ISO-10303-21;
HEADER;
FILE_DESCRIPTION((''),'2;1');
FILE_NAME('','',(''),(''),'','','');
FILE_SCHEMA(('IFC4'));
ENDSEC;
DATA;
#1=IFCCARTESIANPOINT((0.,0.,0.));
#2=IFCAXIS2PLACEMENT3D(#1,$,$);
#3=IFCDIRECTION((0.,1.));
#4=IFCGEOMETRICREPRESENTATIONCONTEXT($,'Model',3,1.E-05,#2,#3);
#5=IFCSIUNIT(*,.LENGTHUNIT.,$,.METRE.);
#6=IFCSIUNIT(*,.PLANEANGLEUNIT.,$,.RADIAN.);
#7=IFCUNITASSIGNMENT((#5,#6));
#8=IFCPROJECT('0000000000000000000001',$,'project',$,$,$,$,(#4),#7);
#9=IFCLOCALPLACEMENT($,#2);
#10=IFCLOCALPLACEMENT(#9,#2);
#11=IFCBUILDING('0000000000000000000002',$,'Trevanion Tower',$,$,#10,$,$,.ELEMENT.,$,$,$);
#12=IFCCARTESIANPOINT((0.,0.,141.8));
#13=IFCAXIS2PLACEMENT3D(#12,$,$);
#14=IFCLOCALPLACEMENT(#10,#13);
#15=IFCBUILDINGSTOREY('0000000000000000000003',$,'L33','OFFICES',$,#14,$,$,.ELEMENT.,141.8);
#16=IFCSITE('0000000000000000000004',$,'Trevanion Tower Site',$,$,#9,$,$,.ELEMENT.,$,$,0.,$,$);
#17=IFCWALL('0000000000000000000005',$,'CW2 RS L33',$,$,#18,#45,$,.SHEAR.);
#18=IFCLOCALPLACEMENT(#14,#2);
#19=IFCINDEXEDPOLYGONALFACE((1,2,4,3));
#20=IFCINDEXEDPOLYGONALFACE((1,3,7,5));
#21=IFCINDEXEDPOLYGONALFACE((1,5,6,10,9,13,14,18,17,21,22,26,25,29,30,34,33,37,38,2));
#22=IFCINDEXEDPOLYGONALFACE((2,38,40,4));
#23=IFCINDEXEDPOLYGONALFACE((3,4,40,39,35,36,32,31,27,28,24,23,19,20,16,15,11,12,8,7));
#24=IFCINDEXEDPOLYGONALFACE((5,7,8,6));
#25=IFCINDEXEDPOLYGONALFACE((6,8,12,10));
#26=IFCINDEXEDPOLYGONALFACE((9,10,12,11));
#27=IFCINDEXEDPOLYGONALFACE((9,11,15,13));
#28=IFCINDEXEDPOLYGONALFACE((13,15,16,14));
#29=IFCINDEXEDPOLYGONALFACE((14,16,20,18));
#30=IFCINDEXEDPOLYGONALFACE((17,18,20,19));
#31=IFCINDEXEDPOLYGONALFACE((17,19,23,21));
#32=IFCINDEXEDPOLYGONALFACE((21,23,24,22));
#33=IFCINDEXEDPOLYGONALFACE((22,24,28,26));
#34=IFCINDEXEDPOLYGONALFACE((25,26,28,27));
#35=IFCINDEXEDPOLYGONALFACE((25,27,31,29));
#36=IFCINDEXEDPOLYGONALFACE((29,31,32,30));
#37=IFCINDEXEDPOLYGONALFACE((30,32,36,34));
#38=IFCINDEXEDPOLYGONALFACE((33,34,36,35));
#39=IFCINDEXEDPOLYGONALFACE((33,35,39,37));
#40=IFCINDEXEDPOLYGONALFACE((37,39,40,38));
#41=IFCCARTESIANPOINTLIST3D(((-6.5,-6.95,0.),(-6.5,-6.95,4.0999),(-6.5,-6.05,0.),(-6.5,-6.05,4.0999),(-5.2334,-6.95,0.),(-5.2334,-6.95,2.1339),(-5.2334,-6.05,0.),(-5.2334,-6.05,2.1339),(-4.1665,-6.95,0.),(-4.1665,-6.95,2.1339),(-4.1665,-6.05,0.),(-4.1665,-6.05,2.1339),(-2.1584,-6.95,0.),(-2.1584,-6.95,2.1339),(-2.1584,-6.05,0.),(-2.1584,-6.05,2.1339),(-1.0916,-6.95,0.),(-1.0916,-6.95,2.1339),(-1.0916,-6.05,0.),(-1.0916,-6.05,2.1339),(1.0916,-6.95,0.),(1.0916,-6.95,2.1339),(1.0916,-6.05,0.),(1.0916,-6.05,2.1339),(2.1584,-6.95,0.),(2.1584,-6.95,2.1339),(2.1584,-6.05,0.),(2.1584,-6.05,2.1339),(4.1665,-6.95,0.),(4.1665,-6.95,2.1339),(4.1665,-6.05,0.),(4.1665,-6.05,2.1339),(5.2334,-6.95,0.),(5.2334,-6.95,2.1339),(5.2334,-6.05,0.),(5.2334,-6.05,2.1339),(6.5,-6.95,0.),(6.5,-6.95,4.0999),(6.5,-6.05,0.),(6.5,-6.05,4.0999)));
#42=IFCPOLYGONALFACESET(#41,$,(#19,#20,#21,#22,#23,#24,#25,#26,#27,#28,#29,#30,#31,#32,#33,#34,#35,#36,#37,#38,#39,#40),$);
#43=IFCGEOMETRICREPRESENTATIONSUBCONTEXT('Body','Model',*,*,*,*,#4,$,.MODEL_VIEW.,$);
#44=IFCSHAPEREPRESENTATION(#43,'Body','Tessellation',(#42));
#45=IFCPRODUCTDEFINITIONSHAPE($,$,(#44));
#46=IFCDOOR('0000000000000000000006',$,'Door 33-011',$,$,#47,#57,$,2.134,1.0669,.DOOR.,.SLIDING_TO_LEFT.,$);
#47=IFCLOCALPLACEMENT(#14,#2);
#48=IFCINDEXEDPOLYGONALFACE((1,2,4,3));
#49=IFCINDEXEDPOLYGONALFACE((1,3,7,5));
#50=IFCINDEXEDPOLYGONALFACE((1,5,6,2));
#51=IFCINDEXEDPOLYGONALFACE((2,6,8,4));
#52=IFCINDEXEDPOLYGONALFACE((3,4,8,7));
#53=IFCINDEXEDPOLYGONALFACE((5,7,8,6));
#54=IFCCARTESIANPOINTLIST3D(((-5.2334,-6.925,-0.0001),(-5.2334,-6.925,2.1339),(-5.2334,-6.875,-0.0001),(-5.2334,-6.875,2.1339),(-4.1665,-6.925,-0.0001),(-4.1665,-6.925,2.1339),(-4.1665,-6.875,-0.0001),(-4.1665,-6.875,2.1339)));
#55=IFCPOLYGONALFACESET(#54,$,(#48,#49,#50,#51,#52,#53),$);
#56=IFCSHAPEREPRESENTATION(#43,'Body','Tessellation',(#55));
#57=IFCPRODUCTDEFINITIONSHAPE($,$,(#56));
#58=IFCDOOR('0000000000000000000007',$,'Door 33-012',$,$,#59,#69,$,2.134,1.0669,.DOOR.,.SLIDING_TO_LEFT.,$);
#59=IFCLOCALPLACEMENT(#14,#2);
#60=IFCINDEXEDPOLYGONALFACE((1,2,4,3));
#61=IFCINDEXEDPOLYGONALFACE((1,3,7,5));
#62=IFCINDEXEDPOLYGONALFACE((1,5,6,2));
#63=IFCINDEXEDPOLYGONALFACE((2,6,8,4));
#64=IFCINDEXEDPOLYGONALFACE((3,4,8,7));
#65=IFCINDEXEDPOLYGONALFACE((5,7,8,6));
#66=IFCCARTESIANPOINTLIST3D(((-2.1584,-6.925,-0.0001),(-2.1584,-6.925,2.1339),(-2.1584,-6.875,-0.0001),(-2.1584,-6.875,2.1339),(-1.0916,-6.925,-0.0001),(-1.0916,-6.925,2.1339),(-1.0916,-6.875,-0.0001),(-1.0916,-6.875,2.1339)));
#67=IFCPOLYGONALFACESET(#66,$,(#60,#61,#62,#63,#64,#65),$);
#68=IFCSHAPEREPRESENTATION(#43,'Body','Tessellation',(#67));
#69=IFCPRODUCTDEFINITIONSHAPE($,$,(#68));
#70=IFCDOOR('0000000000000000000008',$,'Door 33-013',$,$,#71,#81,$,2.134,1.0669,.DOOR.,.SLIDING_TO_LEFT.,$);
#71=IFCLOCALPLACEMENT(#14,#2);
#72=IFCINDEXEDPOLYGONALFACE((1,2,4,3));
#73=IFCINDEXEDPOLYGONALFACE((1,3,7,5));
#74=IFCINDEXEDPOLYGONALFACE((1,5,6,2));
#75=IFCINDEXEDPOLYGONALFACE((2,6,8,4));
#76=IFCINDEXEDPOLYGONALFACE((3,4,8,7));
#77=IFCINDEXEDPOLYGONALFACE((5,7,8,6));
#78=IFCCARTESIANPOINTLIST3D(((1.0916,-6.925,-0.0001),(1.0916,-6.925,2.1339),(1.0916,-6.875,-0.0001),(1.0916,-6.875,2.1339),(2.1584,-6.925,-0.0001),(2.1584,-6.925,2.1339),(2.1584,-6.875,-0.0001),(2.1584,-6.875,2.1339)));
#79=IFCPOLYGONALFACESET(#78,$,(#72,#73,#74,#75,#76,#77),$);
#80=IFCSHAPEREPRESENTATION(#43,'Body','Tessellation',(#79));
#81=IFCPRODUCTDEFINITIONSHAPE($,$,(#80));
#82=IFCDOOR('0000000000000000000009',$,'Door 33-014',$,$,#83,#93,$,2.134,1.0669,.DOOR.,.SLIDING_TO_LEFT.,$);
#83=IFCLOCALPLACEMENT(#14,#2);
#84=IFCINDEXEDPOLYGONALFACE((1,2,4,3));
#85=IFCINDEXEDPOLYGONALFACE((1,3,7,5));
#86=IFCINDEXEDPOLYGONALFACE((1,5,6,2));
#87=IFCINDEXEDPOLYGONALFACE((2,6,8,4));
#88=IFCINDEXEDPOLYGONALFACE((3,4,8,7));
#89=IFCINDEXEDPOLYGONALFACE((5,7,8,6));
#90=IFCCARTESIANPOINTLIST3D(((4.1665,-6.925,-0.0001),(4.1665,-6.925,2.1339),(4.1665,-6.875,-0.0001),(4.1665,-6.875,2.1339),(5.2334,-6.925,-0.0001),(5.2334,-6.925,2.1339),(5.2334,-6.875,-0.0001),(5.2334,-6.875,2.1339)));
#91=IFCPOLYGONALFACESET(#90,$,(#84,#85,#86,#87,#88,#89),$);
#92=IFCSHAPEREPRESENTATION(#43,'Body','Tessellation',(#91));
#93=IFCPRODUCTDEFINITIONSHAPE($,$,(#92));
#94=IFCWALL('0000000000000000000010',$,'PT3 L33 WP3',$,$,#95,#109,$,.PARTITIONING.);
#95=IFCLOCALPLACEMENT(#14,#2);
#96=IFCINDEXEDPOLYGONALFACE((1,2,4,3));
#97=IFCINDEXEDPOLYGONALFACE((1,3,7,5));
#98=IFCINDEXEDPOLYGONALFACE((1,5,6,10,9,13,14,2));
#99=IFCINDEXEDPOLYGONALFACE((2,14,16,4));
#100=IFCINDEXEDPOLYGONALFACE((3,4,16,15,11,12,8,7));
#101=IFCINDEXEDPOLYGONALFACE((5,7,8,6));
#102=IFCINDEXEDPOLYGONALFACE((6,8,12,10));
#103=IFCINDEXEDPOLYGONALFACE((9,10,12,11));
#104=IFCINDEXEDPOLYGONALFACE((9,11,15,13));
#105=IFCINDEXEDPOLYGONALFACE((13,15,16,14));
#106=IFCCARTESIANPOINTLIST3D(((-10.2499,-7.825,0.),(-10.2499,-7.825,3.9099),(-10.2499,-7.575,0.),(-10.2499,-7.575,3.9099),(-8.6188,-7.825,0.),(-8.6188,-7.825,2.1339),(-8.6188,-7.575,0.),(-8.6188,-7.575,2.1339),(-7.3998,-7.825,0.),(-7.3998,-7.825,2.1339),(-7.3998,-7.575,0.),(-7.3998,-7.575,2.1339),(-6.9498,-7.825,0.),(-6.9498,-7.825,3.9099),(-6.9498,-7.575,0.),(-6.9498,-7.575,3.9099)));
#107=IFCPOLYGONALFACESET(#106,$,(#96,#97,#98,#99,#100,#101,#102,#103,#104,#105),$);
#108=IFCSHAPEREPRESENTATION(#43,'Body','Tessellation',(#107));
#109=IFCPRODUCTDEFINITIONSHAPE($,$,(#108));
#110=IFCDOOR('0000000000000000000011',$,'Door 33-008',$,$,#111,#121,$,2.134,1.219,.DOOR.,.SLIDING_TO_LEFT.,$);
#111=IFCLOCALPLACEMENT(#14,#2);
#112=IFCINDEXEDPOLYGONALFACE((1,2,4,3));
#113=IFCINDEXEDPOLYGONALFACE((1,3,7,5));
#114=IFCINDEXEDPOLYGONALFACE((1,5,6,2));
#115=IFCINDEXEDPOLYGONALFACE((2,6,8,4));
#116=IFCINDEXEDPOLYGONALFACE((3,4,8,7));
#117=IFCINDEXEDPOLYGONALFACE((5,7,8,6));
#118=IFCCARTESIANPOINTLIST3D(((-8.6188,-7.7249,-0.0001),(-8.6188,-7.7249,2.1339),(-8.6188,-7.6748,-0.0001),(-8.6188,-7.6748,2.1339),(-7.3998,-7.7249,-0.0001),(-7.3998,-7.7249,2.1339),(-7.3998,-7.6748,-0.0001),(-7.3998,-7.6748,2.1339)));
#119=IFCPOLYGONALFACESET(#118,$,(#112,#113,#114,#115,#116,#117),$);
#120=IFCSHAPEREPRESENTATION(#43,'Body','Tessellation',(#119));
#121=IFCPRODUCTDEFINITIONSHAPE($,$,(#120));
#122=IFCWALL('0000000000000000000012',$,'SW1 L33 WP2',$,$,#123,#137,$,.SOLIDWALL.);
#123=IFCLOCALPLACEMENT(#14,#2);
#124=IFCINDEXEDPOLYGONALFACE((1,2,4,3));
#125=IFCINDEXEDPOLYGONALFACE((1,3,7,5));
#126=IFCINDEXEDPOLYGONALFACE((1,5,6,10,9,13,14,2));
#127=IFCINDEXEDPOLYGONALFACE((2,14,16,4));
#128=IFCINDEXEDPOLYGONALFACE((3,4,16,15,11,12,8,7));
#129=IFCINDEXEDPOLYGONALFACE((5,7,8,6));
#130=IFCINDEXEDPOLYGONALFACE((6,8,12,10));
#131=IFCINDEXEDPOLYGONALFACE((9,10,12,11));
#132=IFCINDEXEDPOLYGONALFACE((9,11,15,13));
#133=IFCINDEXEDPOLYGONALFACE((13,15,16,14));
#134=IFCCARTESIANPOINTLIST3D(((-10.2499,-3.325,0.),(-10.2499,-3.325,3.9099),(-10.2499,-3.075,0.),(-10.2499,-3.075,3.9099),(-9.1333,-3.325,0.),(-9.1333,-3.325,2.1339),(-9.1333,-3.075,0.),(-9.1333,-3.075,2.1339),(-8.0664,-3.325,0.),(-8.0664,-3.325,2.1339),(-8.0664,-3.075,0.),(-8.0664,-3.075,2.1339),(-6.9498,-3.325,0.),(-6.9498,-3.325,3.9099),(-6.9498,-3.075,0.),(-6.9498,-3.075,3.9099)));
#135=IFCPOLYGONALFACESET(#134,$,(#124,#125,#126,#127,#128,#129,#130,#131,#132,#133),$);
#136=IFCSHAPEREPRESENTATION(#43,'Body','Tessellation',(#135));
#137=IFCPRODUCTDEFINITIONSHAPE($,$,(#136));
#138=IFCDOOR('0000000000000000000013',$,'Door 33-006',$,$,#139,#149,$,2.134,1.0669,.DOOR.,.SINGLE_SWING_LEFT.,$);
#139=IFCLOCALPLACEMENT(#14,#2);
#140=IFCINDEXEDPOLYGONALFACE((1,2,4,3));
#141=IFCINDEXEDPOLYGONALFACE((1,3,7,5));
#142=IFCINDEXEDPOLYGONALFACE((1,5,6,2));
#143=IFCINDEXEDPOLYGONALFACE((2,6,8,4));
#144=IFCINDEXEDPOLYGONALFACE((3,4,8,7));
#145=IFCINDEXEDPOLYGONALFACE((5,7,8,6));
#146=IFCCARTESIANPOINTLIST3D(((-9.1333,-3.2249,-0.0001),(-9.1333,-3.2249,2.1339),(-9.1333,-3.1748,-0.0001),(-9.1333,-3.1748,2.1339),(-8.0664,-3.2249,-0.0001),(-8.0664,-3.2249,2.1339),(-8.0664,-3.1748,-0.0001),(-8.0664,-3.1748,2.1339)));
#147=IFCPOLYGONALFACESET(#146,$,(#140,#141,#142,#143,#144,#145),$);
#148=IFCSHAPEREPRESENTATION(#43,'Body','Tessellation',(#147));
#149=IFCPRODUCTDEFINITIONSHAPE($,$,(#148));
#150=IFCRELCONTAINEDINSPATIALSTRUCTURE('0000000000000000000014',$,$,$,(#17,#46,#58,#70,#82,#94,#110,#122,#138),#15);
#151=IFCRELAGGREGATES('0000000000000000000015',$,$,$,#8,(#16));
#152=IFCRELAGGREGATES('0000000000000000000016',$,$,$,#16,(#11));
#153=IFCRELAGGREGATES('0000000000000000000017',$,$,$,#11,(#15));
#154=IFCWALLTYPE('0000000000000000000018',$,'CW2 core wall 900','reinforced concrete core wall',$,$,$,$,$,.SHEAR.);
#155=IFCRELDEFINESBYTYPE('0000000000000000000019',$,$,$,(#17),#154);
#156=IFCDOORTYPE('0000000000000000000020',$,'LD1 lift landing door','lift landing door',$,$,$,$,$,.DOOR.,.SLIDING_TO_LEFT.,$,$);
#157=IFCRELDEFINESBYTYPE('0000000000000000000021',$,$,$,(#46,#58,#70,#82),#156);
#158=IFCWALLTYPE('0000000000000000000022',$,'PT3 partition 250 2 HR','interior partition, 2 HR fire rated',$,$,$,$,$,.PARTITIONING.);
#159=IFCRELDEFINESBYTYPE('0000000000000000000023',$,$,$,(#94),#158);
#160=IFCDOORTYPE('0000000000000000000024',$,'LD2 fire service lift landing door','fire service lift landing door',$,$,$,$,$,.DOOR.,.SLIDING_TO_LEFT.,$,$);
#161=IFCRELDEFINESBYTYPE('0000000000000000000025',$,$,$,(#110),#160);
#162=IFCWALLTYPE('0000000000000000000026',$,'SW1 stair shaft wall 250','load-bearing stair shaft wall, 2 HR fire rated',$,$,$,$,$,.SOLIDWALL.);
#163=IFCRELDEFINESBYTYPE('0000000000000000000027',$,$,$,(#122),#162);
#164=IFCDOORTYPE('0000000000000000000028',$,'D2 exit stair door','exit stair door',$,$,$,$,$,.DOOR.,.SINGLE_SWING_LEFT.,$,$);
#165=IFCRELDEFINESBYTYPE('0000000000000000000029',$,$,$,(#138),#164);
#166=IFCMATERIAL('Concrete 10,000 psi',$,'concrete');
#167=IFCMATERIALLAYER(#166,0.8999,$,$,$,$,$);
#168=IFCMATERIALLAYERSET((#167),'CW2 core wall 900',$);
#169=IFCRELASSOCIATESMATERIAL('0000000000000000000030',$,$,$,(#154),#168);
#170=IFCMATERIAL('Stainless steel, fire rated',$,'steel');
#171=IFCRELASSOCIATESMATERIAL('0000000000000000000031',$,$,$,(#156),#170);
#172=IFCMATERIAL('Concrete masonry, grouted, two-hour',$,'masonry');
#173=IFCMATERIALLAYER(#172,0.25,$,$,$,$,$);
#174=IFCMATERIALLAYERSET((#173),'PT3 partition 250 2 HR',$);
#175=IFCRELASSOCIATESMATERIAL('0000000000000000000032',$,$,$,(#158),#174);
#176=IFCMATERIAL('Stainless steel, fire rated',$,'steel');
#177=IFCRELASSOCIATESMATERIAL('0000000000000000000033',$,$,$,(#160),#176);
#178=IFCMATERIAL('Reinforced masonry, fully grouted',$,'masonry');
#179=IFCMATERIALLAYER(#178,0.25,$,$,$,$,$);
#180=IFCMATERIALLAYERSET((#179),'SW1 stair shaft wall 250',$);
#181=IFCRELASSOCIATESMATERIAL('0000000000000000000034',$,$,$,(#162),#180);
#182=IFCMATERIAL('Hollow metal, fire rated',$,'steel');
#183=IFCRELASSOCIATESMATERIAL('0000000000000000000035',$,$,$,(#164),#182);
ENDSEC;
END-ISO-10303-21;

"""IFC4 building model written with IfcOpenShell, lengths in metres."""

from ifc_helpers import new_model, si_unit, direction, frame, frame_2d, origin, place, context, subcontext, project, spatial, rectangle, extrude, material, layer, layer_set, type_object, element, fill, save


model = new_model("IFC4")

# Units and contexts
model_context = context("Model", 3, precision=1e-05, world=origin(), true_north=direction((0.0, 1.0)))
body_context = subcontext(model_context, "Body", "Model", "MODEL_VIEW")
ifc_project = project(units=[si_unit("LENGTHUNIT", "METRE"), si_unit("PLANEANGLEUNIT", "RADIAN")], contexts=[model_context])

# Site, building, storey
site_placement = place(None, origin())
site = spatial("IfcSite", under=ifc_project, at=site_placement, Name="Trevanion Tower Site", CompositionType="ELEMENT", RefElevation=0.0)
building_placement = place(site_placement, origin())
building = spatial("IfcBuilding", under=site, at=building_placement, Name="Trevanion Tower", CompositionType="ELEMENT")
storey_placement = place(building_placement, frame((0.0, 0.0, 141.8)))
storey = spatial("IfcBuildingStorey", under=building, at=storey_placement, Name="L33", Description="OFFICES", CompositionType="ELEMENT", Elevation=141.8)

# Shared definitions
ifc_material_1 = material(Name="Concrete 10,000 psi", Category="concrete")
ifc_layer_1 = layer(ifc_material_1, 0.8999)
ifc_layer_set_1 = layer_set([ifc_layer_1], Name="CW2 core wall 900")
wall_type_1 = type_object("IfcWallType", Name="CW2 core wall 900", Description="reinforced concrete core wall", PredefinedType="SHEAR", material=ifc_layer_set_1)

# Wall, openings, doors
wall_1_placement = place(storey_placement, frame((-6.5, -6.5, 0.0), z_axis=(0.0, 0.0, 1.0), x_axis=(1.0, 0.0, 0.0)))
wall_1 = element("IfcWall", 1, at=wall_1_placement, inside=storey, type_object=wall_type_1, Name="CW2 RS L33", PredefinedType="SHEAR", context=body_context, shape_type="SweptSolid", body=[
    extrude(rectangle(XDim=13.0, YDim=0.8999, at=frame_2d((6.5, 0.0))), origin(), (0.0, 0.0, 1.0), 4.0999),
])
opening_1_placement = place(wall_1_placement, frame((1.2666, 0.0, 0.0)))
opening_1 = element("IfcOpeningElement", 2, at=opening_1_placement, cuts=wall_1, PredefinedType="OPENING", context=body_context, shape_type="SweptSolid", body=[
    extrude(rectangle(XDim=1.0669, YDim=2.134, at=frame_2d((0.5334, 1.0669))), frame((0.0, 0.46, 0.0), z_axis=(0.0, -1.0, 0.0), x_axis=(1.0, 0.0, 0.0)), (0.0, 0.0, 1.0), 0.9199),
])
opening_2_placement = place(wall_1_placement, frame((4.3416, 0.0, 0.0)))
opening_2 = element("IfcOpeningElement", 3, at=opening_2_placement, cuts=wall_1, PredefinedType="OPENING", context=body_context, shape_type="SweptSolid", body=[
    extrude(rectangle(XDim=1.0669, YDim=2.134, at=frame_2d((0.5334, 1.0669))), frame((0.0, 0.46, 0.0), z_axis=(0.0, -1.0, 0.0), x_axis=(1.0, 0.0, 0.0)), (0.0, 0.0, 1.0), 0.9199),
])
opening_3_placement = place(wall_1_placement, frame((7.5916, 0.0, 0.0)))
opening_3 = element("IfcOpeningElement", 4, at=opening_3_placement, cuts=wall_1, PredefinedType="OPENING", context=body_context, shape_type="SweptSolid", body=[
    extrude(rectangle(XDim=1.0669, YDim=2.134, at=frame_2d((0.5334, 1.0669))), frame((0.0, 0.46, 0.0), z_axis=(0.0, -1.0, 0.0), x_axis=(1.0, 0.0, 0.0)), (0.0, 0.0, 1.0), 0.9199),
])
opening_4_placement = place(wall_1_placement, frame((10.6665, 0.0, 0.0)))
opening_4 = element("IfcOpeningElement", 5, at=opening_4_placement, cuts=wall_1, PredefinedType="OPENING", context=body_context, shape_type="SweptSolid", body=[
    extrude(rectangle(XDim=1.0669, YDim=2.134, at=frame_2d((0.5334, 1.0669))), frame((0.0, 0.46, 0.0), z_axis=(0.0, -1.0, 0.0), x_axis=(1.0, 0.0, 0.0)), (0.0, 0.0, 1.0), 0.9199),
])
ifc_material_2 = material(Name="Stainless steel, fire rated", Category="steel")
door_type_1 = type_object("IfcDoorType", Name="LD1 lift landing door", Description="lift landing door", OperationType="SLIDING_TO_LEFT", PredefinedType="DOOR", material=ifc_material_2)
door_1_placement = place(opening_1_placement, origin())
door_1 = element("IfcDoor", 6, at=door_1_placement, inside=storey, type_object=door_type_1, Name="Door 33-011", OperationType="SLIDING_TO_LEFT", OverallHeight=2.134, OverallWidth=1.0669, PredefinedType="DOOR", context=body_context, shape_type="SweptSolid", body=[
    extrude(rectangle(XDim=1.0669, YDim=2.134, at=frame_2d((0.5334, 1.0669))), frame((0.0, -0.375, 0.0), z_axis=(0.0, -1.0, 0.0), x_axis=(1.0, 0.0, 0.0)), (0.0, 0.0, 1.0), 0.05),
])
fill(opening_1, door_1)
door_2_placement = place(opening_2_placement, origin())
door_2 = element("IfcDoor", 7, at=door_2_placement, inside=storey, type_object=door_type_1, Name="Door 33-012", OperationType="SLIDING_TO_LEFT", OverallHeight=2.134, OverallWidth=1.0669, PredefinedType="DOOR", context=body_context, shape_type="SweptSolid", body=[
    extrude(rectangle(XDim=1.0669, YDim=2.134, at=frame_2d((0.5334, 1.0669))), frame((0.0, -0.375, 0.0), z_axis=(0.0, -1.0, 0.0), x_axis=(1.0, 0.0, 0.0)), (0.0, 0.0, 1.0), 0.05),
])
fill(opening_2, door_2)
door_3_placement = place(opening_3_placement, origin())
door_3 = element("IfcDoor", 8, at=door_3_placement, inside=storey, type_object=door_type_1, Name="Door 33-013", OperationType="SLIDING_TO_LEFT", OverallHeight=2.134, OverallWidth=1.0669, PredefinedType="DOOR", context=body_context, shape_type="SweptSolid", body=[
    extrude(rectangle(XDim=1.0669, YDim=2.134, at=frame_2d((0.5334, 1.0669))), frame((0.0, -0.375, 0.0), z_axis=(0.0, -1.0, 0.0), x_axis=(1.0, 0.0, 0.0)), (0.0, 0.0, 1.0), 0.05),
])
fill(opening_3, door_3)
door_4_placement = place(opening_4_placement, origin())
door_4 = element("IfcDoor", 9, at=door_4_placement, inside=storey, type_object=door_type_1, Name="Door 33-014", OperationType="SLIDING_TO_LEFT", OverallHeight=2.134, OverallWidth=1.0669, PredefinedType="DOOR", context=body_context, shape_type="SweptSolid", body=[
    extrude(rectangle(XDim=1.0669, YDim=2.134, at=frame_2d((0.5334, 1.0669))), frame((0.0, -0.375, 0.0), z_axis=(0.0, -1.0, 0.0), x_axis=(1.0, 0.0, 0.0)), (0.0, 0.0, 1.0), 0.05),
])
fill(opening_4, door_4)

# Walls, openings, doors
ifc_material_3 = material(Name="Concrete masonry, grouted, two-hour", Category="masonry")
ifc_layer_2 = layer(ifc_material_3, 0.25)
ifc_layer_set_2 = layer_set([ifc_layer_2], Name="PT3 partition 250 2 HR")
wall_type_2 = type_object("IfcWallType", Name="PT3 partition 250 2 HR", Description="interior partition, 2 HR fire rated", PredefinedType="PARTITIONING", material=ifc_layer_set_2)
wall_2_placement = place(storey_placement, frame((-6.95, -7.7, 0.0), z_axis=(0.0, 0.0, 1.0), x_axis=(-1.0, 0.0, 0.0)))
wall_2 = element("IfcWall", 10, at=wall_2_placement, inside=storey, type_object=wall_type_2, Name="PT3 L33 WP3", PredefinedType="PARTITIONING", context=body_context, shape_type="SweptSolid", body=[
    extrude(rectangle(XDim=3.3, YDim=0.25, at=frame_2d((1.6499, 0.0))), origin(), (0.0, 0.0, 1.0), 3.9099),
])
opening_5_placement = place(wall_2_placement, frame((0.45, 0.0, 0.0)))
opening_5 = element("IfcOpeningElement", 11, at=opening_5_placement, cuts=wall_2, PredefinedType="OPENING", context=body_context, shape_type="SweptSolid", body=[
    extrude(rectangle(XDim=1.219, YDim=2.134, at=frame_2d((0.6094, 1.0669))), frame((0.0, 0.135, 0.0), z_axis=(0.0, -1.0, 0.0), x_axis=(1.0, 0.0, 0.0)), (0.0, 0.0, 1.0), 0.27),
])
ifc_material_4 = material(Name="Stainless steel, fire rated", Category="steel")
door_type_2 = type_object("IfcDoorType", Name="LD2 fire service lift landing door", Description="fire service lift landing door", OperationType="SLIDING_TO_LEFT", PredefinedType="DOOR", material=ifc_material_4)
door_5_placement = place(opening_5_placement, origin())
door_5 = element("IfcDoor", 12, at=door_5_placement, inside=storey, type_object=door_type_2, Name="Door 33-008", OperationType="SLIDING_TO_LEFT", OverallHeight=2.134, OverallWidth=1.219, PredefinedType="DOOR", context=body_context, shape_type="SweptSolid", body=[
    extrude(rectangle(XDim=1.219, YDim=2.134, at=frame_2d((0.6094, 1.0669))), frame((0.0, 0.0249, 0.0), z_axis=(0.0, -1.0, 0.0), x_axis=(1.0, 0.0, 0.0)), (0.0, 0.0, 1.0), 0.05),
])
fill(opening_5, door_5)
ifc_material_5 = material(Name="Reinforced masonry, fully grouted", Category="masonry")
ifc_layer_3 = layer(ifc_material_5, 0.25)
ifc_layer_set_3 = layer_set([ifc_layer_3], Name="SW1 stair shaft wall 250")
wall_type_3 = type_object("IfcWallType", Name="SW1 stair shaft wall 250", Description="load-bearing stair shaft wall, 2 HR fire rated", PredefinedType="SOLIDWALL", material=ifc_layer_set_3)
wall_3_placement = place(storey_placement, frame((-6.95, -3.2, 0.0), z_axis=(0.0, 0.0, 1.0), x_axis=(-1.0, 0.0, 0.0)))
wall_3 = element("IfcWall", 13, at=wall_3_placement, inside=storey, type_object=wall_type_3, Name="SW1 L33 WP2", PredefinedType="SOLIDWALL", context=body_context, shape_type="SweptSolid", body=[
    extrude(rectangle(XDim=3.3, YDim=0.25, at=frame_2d((1.6499, 0.0))), origin(), (0.0, 0.0, 1.0), 3.9099),
])
opening_6_placement = place(wall_3_placement, frame((1.1165, 0.0, 0.0)))
opening_6 = element("IfcOpeningElement", 14, at=opening_6_placement, cuts=wall_3, PredefinedType="OPENING", context=body_context, shape_type="SweptSolid", body=[
    extrude(rectangle(XDim=1.0669, YDim=2.134, at=frame_2d((0.5334, 1.0669))), frame((0.0, 0.135, 0.0), z_axis=(0.0, -1.0, 0.0), x_axis=(1.0, 0.0, 0.0)), (0.0, 0.0, 1.0), 0.27),
])
ifc_material_6 = material(Name="Hollow metal, fire rated", Category="steel")
door_type_3 = type_object("IfcDoorType", Name="D2 exit stair door", Description="exit stair door", OperationType="SINGLE_SWING_LEFT", PredefinedType="DOOR", material=ifc_material_6)
door_6_placement = place(opening_6_placement, origin())
door_6 = element("IfcDoor", 15, at=door_6_placement, inside=storey, type_object=door_type_3, Name="Door 33-006", OperationType="SINGLE_SWING_LEFT", OverallHeight=2.134, OverallWidth=1.0669, PredefinedType="DOOR", context=body_context, shape_type="SweptSolid", body=[
    extrude(rectangle(XDim=1.0669, YDim=2.134, at=frame_2d((0.5334, 1.0669))), frame((0.0, 0.0249, 0.0), z_axis=(0.0, -1.0, 0.0), x_axis=(1.0, 0.0, 0.0)), (0.0, 0.0, 1.0), 0.05),
])
fill(opening_6, door_6)

save(model, "model.ifc")
